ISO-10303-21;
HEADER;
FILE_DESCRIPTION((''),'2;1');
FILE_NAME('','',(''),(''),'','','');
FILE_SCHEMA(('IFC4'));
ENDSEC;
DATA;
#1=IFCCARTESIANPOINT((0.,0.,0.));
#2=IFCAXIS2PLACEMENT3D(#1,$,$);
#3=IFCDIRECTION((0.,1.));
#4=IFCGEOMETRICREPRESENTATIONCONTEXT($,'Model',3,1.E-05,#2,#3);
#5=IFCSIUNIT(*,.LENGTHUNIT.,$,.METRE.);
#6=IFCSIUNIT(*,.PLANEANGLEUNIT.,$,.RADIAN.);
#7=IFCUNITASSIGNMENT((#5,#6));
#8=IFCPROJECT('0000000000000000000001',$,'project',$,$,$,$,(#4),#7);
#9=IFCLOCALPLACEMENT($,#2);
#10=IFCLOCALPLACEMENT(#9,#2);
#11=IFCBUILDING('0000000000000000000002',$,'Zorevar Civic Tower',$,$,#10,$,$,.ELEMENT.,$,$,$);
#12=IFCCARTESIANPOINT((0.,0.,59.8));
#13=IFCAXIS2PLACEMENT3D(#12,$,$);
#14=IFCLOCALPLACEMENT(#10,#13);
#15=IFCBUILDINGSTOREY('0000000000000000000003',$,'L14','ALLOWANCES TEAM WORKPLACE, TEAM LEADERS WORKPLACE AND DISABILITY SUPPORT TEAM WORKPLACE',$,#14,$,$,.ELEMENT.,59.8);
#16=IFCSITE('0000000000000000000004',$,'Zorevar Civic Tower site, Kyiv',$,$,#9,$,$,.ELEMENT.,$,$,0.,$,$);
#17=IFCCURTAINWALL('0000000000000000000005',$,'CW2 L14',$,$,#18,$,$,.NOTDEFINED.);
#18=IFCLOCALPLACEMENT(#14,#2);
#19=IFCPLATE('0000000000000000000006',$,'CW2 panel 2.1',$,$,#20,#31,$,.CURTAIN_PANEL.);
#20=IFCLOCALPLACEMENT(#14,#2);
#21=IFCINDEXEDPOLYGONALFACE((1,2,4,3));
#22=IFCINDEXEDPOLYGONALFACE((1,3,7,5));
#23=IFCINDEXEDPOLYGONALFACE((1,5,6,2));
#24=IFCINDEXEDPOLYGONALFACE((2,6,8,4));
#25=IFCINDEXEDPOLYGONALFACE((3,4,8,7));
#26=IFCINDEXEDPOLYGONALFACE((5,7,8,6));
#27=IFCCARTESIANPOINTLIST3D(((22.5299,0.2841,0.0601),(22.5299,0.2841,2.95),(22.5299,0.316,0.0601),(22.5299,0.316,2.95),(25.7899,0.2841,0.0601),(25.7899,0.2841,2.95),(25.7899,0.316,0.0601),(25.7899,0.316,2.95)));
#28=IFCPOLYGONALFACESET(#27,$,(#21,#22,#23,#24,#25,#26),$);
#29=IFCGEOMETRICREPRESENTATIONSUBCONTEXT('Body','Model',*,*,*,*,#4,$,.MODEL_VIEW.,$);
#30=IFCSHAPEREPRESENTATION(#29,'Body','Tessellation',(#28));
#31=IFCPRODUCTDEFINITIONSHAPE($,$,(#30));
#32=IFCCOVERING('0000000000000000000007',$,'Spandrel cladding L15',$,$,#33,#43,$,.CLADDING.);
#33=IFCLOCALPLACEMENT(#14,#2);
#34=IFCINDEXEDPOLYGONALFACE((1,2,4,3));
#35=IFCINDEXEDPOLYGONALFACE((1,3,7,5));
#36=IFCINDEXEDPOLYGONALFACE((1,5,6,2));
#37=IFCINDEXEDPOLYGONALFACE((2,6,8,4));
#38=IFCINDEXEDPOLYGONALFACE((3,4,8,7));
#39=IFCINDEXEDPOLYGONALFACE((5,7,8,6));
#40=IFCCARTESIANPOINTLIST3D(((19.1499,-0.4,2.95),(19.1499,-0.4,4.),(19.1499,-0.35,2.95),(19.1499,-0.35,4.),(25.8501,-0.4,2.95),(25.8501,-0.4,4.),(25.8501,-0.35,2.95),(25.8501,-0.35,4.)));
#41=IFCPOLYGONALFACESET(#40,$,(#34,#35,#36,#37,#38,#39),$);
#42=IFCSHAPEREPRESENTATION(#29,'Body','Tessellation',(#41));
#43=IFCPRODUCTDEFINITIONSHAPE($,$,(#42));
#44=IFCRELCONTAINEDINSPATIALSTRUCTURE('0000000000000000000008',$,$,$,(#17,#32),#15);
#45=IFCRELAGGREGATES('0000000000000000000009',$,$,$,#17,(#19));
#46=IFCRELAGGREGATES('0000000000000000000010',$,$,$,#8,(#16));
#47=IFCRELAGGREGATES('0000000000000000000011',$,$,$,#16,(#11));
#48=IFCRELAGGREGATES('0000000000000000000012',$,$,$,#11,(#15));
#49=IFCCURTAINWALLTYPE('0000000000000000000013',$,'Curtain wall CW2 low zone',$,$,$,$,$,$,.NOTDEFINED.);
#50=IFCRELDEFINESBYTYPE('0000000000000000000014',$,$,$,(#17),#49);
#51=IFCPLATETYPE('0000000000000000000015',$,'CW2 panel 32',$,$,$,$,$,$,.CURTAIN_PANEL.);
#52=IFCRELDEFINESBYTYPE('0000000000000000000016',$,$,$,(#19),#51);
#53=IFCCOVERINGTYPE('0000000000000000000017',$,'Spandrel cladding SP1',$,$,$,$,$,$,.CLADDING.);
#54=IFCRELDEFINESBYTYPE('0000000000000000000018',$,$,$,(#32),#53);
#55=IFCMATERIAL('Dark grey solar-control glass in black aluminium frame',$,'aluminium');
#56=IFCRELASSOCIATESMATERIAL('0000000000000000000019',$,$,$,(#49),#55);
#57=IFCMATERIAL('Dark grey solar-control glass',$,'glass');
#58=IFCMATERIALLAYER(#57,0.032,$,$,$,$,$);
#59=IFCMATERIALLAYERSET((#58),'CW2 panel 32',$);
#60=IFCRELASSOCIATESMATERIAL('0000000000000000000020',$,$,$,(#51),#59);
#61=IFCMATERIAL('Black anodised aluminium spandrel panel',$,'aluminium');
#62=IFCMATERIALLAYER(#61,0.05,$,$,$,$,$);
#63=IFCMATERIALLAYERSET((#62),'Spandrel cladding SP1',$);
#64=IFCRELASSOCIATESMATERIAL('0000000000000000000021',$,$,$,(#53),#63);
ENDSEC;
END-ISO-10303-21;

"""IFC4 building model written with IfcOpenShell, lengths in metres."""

from ifc_helpers import new_model, si_unit, direction, frame, frame_2d, origin, origin_2d, place, context, subcontext, project, spatial, rectangle, extrude, material, layer, layer_set, type_object, element, aggregate, save


model = new_model("IFC4")

# Units and contexts
model_context = context("Model", 3, precision=1e-05, world=origin(), true_north=direction((0.0, 1.0)))
body_context = subcontext(model_context, "Body", "Model", "MODEL_VIEW")
ifc_project = project(units=[si_unit("LENGTHUNIT", "METRE"), si_unit("PLANEANGLEUNIT", "RADIAN")], contexts=[model_context])

# Site, building, storey
site_placement = place(None, origin())
site = spatial("IfcSite", under=ifc_project, at=site_placement, Name="Zorevar Civic Tower site, Kyiv", CompositionType="ELEMENT", RefElevation=0.0)
building_placement = place(site_placement, origin())
building = spatial("IfcBuilding", under=site, at=building_placement, Name="Zorevar Civic Tower", CompositionType="ELEMENT")
storey_placement = place(building_placement, frame((0.0, 0.0, 59.8)))
storey = spatial("IfcBuildingStorey", under=building, at=storey_placement, Name="L14", Description="ALLOWANCES TEAM WORKPLACE, TEAM LEADERS WORKPLACE AND DISABILITY SUPPORT TEAM WORKPLACE", CompositionType="ELEMENT", Elevation=59.8)

# Shared definitions
ifc_material_1 = material(Name="Dark grey solar-control glass in black aluminium frame", Category="aluminium")
curtain_wall_type = type_object("IfcCurtainWallType", Name="Curtain wall CW2 low zone", PredefinedType="NOTDEFINED", material=ifc_material_1)

# Curtain wall
curtain_wall_1_placement = place(storey_placement, origin())
curtain_wall_1 = element("IfcCurtainWall", 1, at=curtain_wall_1_placement, inside=storey, type_object=curtain_wall_type, Name="CW2 L14", PredefinedType="NOTDEFINED")

# Plate
ifc_material_2 = material(Name="Dark grey solar-control glass", Category="glass")
ifc_layer_1 = layer(ifc_material_2, 0.032)
ifc_layer_set_1 = layer_set([ifc_layer_1], Name="CW2 panel 32")
plate_type = type_object("IfcPlateType", Name="CW2 panel 32", PredefinedType="CURTAIN_PANEL", material=ifc_layer_set_1)
plate_1_placement = place(storey_placement, frame((24.1599, 0.3, 0.0601), z_axis=(0.0, 0.0, 1.0), x_axis=(1.0, 0.0, 0.0)))
plate_1 = element("IfcPlate", 2, at=plate_1_placement, type_object=plate_type, Name="CW2 panel 2.1", PredefinedType="CURTAIN_PANEL", context=body_context, shape_type="SweptSolid", body=[
    extrude(rectangle(XDim=3.26, YDim=0.032, at=origin_2d()), origin(), (0.0, 0.0, 1.0), 2.8899),
])
aggregate(curtain_wall_1, [plate_1])

# Covering
ifc_material_3 = material(Name="Black anodised aluminium spandrel panel", Category="aluminium")
ifc_layer_2 = layer(ifc_material_3, 0.05)
ifc_layer_set_2 = layer_set([ifc_layer_2], Name="Spandrel cladding SP1")
covering_type = type_object("IfcCoveringType", Name="Spandrel cladding SP1", PredefinedType="CLADDING", material=ifc_layer_set_2)
covering_placement = place(storey_placement, frame((19.1499, -0.375, 2.95), z_axis=(0.0, 0.0, 1.0), x_axis=(1.0, 0.0, 0.0)))
element("IfcCovering", 3, at=covering_placement, inside=storey, type_object=covering_type, Name="Spandrel cladding L15", PredefinedType="CLADDING", context=body_context, shape_type="SweptSolid", body=[
    extrude(rectangle(XDim=6.7002, YDim=0.05, at=frame_2d((3.3501, 0.0))), origin(), (0.0, 0.0, 1.0), 1.05),
])

save(model, "model.ifc")
